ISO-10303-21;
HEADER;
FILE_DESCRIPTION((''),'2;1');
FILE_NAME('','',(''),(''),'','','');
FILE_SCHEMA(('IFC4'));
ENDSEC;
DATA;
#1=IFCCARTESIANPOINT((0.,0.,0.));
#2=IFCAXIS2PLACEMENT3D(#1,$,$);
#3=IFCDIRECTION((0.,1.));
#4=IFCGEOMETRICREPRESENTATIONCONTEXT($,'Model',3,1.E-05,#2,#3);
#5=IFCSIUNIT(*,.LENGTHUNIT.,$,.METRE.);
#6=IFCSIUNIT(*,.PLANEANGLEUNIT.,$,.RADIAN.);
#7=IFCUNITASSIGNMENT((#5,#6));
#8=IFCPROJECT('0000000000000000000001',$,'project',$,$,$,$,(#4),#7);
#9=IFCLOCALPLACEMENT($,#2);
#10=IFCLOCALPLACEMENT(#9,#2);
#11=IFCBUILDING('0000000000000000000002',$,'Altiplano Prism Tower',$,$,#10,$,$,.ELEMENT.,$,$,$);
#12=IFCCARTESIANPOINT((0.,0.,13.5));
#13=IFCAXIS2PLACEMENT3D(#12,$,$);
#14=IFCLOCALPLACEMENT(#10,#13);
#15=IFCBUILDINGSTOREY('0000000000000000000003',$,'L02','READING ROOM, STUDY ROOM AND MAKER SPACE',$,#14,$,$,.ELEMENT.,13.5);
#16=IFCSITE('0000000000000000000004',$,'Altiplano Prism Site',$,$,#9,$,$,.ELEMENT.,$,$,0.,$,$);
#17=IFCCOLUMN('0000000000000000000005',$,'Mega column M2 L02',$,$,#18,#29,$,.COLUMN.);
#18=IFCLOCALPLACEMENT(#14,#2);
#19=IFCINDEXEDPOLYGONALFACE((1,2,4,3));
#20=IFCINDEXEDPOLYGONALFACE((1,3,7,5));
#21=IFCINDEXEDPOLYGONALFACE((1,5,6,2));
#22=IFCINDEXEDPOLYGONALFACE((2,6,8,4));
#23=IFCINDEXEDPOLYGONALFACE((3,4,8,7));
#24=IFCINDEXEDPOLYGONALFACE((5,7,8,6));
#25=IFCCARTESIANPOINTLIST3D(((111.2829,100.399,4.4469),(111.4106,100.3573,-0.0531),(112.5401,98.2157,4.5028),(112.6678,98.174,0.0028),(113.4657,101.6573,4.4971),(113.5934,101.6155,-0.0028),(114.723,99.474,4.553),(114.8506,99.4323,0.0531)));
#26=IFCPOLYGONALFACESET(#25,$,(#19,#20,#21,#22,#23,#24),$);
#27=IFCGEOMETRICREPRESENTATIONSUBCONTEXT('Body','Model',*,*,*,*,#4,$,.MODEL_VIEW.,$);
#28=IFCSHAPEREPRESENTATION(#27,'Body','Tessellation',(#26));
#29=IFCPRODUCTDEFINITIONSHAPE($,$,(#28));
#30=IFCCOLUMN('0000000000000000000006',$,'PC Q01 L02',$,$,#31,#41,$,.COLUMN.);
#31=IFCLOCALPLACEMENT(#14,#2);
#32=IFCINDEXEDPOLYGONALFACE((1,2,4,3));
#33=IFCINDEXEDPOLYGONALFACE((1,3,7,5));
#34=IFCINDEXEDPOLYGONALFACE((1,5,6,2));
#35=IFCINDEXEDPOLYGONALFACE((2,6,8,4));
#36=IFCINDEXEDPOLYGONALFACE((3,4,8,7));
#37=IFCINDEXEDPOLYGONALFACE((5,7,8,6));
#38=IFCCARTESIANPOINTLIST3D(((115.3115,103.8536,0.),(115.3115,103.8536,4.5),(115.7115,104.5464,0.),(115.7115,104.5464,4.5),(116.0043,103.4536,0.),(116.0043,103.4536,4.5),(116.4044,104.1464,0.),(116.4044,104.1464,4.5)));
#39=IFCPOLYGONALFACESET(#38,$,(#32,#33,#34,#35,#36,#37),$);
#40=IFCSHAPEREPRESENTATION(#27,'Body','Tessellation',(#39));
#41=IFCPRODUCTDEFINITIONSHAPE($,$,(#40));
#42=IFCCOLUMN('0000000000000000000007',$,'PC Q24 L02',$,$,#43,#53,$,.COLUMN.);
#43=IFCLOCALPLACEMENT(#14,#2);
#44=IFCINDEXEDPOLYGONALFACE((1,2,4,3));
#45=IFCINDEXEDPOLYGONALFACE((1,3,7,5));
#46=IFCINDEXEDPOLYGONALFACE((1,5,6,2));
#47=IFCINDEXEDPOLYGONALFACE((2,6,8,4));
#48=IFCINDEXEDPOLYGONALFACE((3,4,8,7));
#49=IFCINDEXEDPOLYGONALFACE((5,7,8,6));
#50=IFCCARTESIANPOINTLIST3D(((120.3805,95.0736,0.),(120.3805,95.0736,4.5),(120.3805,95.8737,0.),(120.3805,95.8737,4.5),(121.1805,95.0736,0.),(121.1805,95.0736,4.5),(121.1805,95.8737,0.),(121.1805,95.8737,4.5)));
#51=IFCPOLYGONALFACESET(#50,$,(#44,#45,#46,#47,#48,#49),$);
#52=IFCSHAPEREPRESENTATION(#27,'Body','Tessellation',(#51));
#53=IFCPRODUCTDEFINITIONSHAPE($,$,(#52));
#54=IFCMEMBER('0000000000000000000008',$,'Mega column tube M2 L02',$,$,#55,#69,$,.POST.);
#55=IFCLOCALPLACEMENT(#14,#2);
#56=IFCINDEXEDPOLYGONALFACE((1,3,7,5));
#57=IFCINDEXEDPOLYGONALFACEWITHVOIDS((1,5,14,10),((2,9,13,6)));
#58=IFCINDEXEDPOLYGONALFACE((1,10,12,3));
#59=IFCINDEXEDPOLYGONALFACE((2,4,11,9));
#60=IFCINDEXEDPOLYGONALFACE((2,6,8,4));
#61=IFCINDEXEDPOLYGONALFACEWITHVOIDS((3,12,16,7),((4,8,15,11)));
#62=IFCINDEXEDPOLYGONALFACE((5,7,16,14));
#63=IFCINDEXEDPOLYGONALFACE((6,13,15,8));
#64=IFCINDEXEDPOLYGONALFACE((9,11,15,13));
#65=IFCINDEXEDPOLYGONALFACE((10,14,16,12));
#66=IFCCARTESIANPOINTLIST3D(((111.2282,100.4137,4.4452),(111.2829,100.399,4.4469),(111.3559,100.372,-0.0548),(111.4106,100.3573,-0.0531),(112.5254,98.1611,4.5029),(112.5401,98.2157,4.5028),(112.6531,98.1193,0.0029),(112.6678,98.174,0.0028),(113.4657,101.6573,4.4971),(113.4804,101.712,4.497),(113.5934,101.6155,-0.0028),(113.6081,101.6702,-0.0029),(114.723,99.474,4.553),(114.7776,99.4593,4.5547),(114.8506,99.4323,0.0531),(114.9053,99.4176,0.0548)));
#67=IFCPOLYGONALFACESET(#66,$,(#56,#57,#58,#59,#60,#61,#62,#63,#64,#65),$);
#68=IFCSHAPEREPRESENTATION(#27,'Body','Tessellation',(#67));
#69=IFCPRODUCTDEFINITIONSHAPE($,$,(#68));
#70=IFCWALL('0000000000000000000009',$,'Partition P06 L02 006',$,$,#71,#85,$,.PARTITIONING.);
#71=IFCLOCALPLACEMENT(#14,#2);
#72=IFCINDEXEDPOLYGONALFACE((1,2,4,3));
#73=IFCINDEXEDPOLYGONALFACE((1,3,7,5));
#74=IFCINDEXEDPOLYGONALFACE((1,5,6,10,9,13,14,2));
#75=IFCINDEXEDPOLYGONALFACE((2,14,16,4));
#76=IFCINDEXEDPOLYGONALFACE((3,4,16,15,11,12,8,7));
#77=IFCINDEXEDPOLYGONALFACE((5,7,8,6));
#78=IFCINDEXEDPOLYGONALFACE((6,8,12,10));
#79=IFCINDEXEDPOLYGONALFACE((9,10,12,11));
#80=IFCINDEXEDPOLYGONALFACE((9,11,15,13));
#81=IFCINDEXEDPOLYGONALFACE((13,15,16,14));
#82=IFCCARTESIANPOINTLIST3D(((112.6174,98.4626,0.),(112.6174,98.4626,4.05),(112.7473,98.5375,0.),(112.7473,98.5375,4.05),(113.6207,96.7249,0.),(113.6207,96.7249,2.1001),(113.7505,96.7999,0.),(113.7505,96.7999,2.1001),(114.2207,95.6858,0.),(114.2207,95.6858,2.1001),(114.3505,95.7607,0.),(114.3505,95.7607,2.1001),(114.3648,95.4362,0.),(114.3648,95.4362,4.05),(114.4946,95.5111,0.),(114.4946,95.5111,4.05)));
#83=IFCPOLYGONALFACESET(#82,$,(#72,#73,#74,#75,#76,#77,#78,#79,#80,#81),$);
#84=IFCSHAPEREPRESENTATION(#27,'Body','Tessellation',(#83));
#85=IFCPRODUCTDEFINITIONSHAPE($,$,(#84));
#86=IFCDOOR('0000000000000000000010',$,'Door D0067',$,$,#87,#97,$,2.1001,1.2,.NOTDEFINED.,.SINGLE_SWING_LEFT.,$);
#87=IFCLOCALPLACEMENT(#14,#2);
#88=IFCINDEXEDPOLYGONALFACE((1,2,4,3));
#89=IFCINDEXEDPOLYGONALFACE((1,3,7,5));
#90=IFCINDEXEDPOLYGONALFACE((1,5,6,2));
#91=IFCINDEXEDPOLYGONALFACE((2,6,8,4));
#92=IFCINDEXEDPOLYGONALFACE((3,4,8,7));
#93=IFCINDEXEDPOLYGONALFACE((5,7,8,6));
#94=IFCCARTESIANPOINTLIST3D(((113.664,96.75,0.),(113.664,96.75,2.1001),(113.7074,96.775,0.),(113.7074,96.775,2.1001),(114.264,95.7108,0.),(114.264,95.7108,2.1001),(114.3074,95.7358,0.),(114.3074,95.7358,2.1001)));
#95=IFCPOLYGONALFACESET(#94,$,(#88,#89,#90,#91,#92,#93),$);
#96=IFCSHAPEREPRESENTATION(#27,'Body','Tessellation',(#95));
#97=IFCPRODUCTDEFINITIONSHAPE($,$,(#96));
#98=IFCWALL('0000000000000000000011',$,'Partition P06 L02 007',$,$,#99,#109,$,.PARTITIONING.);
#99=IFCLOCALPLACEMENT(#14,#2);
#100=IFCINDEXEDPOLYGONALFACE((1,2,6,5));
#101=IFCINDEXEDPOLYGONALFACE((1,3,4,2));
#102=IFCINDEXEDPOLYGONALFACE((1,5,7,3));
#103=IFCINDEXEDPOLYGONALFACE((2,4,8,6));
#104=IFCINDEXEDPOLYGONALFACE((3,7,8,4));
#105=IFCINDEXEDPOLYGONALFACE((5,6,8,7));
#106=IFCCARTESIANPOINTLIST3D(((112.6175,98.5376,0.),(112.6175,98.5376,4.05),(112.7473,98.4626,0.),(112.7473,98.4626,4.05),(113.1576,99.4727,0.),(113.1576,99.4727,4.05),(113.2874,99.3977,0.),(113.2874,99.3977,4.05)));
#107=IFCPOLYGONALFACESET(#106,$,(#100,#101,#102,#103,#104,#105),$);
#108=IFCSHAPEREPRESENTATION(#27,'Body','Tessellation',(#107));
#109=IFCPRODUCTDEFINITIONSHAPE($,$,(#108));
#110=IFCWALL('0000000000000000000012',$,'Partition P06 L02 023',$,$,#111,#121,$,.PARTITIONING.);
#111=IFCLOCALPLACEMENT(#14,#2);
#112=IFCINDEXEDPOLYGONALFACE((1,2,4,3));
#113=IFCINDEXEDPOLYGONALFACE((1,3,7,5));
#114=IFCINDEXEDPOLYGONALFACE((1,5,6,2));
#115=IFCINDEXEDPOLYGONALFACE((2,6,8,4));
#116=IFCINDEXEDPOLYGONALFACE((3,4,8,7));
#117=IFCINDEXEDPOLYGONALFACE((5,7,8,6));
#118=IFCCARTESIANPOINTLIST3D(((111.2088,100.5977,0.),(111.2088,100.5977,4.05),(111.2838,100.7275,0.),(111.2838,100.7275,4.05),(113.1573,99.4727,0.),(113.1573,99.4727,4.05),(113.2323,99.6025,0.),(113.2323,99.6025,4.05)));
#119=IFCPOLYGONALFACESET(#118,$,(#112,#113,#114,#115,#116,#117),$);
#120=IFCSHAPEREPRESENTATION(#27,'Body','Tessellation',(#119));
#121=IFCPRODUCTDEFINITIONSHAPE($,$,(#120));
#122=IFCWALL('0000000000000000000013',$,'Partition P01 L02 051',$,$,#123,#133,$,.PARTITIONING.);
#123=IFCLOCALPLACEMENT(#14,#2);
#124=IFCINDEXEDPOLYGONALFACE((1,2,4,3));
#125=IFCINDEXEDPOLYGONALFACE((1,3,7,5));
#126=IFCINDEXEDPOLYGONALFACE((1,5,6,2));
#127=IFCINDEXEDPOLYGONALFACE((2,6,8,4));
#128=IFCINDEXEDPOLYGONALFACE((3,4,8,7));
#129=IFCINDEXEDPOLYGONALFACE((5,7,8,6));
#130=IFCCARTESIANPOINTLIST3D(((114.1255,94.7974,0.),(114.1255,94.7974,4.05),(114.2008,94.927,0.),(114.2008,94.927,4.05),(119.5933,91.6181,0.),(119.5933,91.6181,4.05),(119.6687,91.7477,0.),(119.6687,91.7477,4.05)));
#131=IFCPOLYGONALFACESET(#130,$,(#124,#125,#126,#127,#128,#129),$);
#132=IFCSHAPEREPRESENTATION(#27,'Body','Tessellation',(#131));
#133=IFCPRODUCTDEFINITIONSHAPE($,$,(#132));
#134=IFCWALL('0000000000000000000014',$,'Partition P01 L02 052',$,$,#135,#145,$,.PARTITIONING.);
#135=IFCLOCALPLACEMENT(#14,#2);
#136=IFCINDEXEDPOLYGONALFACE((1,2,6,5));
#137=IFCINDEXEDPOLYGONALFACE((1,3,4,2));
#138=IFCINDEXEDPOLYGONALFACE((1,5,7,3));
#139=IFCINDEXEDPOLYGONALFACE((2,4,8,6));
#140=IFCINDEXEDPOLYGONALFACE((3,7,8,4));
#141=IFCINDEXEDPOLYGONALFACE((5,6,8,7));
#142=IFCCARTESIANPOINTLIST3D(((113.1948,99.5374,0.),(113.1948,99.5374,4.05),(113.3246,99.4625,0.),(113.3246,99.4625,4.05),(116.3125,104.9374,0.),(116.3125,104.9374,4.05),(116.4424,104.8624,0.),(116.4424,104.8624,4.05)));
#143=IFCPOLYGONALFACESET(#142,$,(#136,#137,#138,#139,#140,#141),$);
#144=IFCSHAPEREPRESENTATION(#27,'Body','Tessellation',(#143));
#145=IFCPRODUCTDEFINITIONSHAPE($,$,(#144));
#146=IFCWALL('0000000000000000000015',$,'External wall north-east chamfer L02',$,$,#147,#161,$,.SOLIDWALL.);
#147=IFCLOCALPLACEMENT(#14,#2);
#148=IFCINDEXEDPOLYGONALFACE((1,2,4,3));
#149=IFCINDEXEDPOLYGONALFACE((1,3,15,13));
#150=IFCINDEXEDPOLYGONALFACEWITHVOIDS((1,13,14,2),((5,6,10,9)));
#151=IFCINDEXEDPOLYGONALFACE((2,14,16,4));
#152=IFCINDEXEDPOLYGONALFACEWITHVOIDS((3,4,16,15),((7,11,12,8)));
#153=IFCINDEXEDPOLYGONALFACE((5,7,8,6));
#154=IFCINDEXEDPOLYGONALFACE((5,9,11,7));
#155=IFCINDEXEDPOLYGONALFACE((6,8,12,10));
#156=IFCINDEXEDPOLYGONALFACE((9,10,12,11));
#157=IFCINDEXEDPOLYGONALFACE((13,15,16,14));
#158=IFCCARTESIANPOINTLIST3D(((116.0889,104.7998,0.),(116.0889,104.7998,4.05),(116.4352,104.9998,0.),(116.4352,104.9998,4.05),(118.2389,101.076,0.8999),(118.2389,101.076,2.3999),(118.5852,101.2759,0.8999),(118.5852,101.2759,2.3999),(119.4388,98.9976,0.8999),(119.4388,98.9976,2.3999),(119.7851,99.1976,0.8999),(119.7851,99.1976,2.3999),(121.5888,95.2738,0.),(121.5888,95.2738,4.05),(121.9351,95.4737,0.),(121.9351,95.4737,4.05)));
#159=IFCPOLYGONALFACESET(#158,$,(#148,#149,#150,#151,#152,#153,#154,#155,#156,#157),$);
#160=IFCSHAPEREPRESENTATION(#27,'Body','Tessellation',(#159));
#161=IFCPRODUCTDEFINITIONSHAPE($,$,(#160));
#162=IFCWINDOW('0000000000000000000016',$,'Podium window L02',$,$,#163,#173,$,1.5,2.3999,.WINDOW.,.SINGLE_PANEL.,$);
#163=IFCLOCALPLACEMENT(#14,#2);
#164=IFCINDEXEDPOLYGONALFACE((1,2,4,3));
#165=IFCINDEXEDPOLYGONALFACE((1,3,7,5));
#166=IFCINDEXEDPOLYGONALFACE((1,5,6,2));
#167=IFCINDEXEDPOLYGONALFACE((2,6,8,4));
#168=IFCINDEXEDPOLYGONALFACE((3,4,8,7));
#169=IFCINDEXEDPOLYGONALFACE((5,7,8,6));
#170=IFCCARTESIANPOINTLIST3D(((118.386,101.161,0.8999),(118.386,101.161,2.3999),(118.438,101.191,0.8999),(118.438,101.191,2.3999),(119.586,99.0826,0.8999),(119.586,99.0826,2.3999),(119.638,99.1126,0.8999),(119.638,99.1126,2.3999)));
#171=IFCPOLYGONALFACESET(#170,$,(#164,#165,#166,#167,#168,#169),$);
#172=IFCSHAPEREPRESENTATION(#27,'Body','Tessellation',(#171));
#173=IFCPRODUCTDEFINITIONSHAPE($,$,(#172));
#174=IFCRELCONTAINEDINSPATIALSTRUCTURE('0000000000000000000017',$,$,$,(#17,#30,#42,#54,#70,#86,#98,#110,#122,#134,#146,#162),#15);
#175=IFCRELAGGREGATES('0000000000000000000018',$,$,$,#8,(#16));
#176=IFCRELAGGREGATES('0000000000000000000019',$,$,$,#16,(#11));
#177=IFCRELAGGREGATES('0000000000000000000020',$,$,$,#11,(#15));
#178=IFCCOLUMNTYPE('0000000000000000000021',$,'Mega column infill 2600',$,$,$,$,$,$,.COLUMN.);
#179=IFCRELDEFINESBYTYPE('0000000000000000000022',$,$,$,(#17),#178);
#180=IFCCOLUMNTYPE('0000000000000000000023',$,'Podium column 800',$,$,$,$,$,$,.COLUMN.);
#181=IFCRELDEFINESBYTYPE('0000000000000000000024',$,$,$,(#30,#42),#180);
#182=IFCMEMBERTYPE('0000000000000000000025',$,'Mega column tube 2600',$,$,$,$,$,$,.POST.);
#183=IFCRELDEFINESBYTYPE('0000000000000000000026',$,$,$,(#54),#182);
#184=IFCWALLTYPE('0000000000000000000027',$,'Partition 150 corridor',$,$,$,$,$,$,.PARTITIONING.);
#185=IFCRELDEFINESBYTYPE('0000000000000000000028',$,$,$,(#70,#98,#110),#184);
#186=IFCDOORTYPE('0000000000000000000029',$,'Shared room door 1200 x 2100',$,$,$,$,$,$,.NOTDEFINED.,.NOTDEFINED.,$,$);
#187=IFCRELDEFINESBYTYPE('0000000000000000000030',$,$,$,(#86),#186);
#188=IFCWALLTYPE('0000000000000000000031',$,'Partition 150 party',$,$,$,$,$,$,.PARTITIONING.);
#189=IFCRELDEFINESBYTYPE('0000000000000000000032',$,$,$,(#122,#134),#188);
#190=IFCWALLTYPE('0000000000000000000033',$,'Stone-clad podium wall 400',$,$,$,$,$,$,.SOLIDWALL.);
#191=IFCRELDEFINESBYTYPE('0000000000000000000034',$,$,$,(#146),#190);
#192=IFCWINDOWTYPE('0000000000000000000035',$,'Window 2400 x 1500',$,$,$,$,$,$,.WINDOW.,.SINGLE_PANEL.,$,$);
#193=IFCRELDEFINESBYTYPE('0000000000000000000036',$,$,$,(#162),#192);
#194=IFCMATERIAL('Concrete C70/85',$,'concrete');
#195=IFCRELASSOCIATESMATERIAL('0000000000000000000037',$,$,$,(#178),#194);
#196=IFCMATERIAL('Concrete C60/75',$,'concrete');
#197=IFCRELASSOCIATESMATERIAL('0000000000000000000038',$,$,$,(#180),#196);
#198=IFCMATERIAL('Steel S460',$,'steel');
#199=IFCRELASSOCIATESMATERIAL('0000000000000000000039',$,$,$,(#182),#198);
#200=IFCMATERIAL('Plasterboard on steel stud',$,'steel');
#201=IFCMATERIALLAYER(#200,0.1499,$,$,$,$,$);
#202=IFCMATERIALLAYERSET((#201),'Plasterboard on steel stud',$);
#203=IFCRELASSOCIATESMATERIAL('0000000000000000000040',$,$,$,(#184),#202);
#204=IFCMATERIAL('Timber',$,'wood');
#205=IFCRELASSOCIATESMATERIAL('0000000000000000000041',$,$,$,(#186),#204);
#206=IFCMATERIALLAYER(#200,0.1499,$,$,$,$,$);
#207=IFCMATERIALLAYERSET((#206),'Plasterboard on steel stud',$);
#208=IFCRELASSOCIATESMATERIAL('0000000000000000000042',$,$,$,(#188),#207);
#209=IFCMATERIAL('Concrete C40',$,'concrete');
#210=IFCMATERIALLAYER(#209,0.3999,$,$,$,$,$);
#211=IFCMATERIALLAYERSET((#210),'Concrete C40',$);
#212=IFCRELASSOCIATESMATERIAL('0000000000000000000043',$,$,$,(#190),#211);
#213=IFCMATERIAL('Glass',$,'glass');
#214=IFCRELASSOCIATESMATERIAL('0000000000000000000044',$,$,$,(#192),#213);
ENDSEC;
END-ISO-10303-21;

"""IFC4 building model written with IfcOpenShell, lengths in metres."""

from ifc_helpers import new_model, si_unit, direction, frame, frame_2d, origin, origin_2d, place, context, subcontext, project, spatial, rectangle, hollow_rectangle, extrude, material, layer, layer_set, material_profile, profile_set, type_object, element, fill, save


model = new_model("IFC4")

# Units and contexts
model_context = context("Model", 3, precision=1e-05, world=origin(), true_north=direction((0.0, 1.0)))
body_context = subcontext(model_context, "Body", "Model", "MODEL_VIEW")
ifc_project = project(units=[si_unit("LENGTHUNIT", "METRE"), si_unit("PLANEANGLEUNIT", "RADIAN")], contexts=[model_context])

# Site, building, storey
site_placement = place(None, origin())
site = spatial("IfcSite", under=ifc_project, at=site_placement, Name="Altiplano Prism Site", CompositionType="ELEMENT", RefElevation=0.0)
building_placement = place(site_placement, origin())
building = spatial("IfcBuilding", under=site, at=building_placement, Name="Altiplano Prism Tower", CompositionType="ELEMENT")
storey_placement = place(building_placement, frame((0.0, 0.0, 13.5)))
storey = spatial("IfcBuildingStorey", under=building, at=storey_placement, Name="L02", Description="READING ROOM, STUDY ROOM AND MAKER SPACE", CompositionType="ELEMENT", Elevation=13.5)

# Columns
ifc_material_1 = material(Name="Concrete C70/85", Category="concrete")
ifc_material_profile_1 = material_profile(ifc_material_1, rectangle(XDim=2.52, YDim=2.52, at=origin_2d()), Name="Mega column infill 2600")
ifc_profile_set_1 = profile_set([ifc_material_profile_1], Name="Concrete C70/85")
column_type_1 = type_object("IfcColumnType", Name="Mega column infill 2600", PredefinedType="COLUMN", material=ifc_profile_set_1)
column_placement = place(storey_placement, frame((113.1306, 99.8948, 0.0), z_axis=(-0.028362, 0.009273, 0.999555), x_axis=(0.498901, -0.866375, 0.022194)))
element("IfcColumn", 1, at=column_placement, inside=storey, type_object=column_type_1, Name="Mega column M2 L02", PredefinedType="COLUMN", context=body_context, shape_type="SweptSolid", body=[
    extrude(rectangle(XDim=2.52, YDim=2.52, at=origin_2d()), origin(), (0.0, 0.0, 1.0), 4.502),
])
ifc_material_2 = material(Name="Concrete C60/75", Category="concrete")
ifc_material_profile_2 = material_profile(ifc_material_2, rectangle(XDim=0.8, YDim=0.8, at=origin_2d()), Name="Podium column 800")
ifc_profile_set_2 = profile_set([ifc_material_profile_2], Name="Concrete C60/75")
column_type_2 = type_object("IfcColumnType", Name="Podium column 800", PredefinedType="COLUMN", material=ifc_profile_set_2)
for number, where, z_axis, x_axis, name in (
    (2, (115.8579, 104.0, 0.0), (0.0, 0.0, 1.0), (0.5, 0.866025, 0.0), "PC Q01 L02"),
    (3, (120.7805, 95.4736, 0.0), (0.0, 0.0, 1.0), (0.0, 1.0, 0.0), "PC Q24 L02"),
):
    element("IfcColumn", number, at=place(storey_placement, frame(where, z_axis=z_axis, x_axis=x_axis)), inside=storey, type_object=column_type_2, Name=name, PredefinedType="COLUMN", context=body_context, shape_type="SweptSolid", body=[
        extrude(rectangle(XDim=0.8, YDim=0.8, at=origin_2d()), origin(), (0.0, 0.0, 1.0), 4.5),
    ])

# Member
ifc_material_3 = material(Name="Steel S460", Category="steel")
ifc_material_profile_3 = material_profile(ifc_material_3, hollow_rectangle(XDim=2.6001, YDim=2.6001, WallThickness=0.04, at=origin_2d()), Name="Mega column tube 2600")
ifc_profile_set_3 = profile_set([ifc_material_profile_3], Name="Steel S460")
member_type = type_object("IfcMemberType", Name="Mega column tube 2600", PredefinedType="POST", material=ifc_profile_set_3)
member_placement = place(storey_placement, frame((113.1306, 99.8948, 0.0), z_axis=(-0.028362, 0.009273, 0.999555), x_axis=(0.498901, -0.866375, 0.022194)))
element("IfcMember", 4, at=member_placement, inside=storey, type_object=member_type, Name="Mega column tube M2 L02", PredefinedType="POST", context=body_context, shape_type="SweptSolid", body=[
    extrude(hollow_rectangle(XDim=2.6001, YDim=2.6001, WallThickness=0.04, at=origin_2d()), origin(), (0.0, 0.0, 1.0), 4.502),
])

# Wall, opening, door
ifc_material_4 = material(Name="Plasterboard on steel stud", Category="steel")
ifc_layer_1 = layer(ifc_material_4, 0.1499)
ifc_layer_set_1 = layer_set([ifc_layer_1], Name="Plasterboard on steel stud")
wall_type_1 = type_object("IfcWallType", Name="Partition 150 corridor", PredefinedType="PARTITIONING", material=ifc_layer_set_1)
wall_1_placement = place(storey_placement, frame((114.4297, 95.4736, 0.0), z_axis=(0.0, 0.0, 1.0), x_axis=(-0.500009, 0.86602, 0.0)))
wall_1 = element("IfcWall", 5, at=wall_1_placement, inside=storey, type_object=wall_type_1, Name="Partition P06 L02 006", PredefinedType="PARTITIONING", context=body_context, shape_type="SweptSolid", body=[
    extrude(rectangle(XDim=3.4946, YDim=0.1499, at=frame_2d((1.7473, 0.0))), origin(), (0.0, 0.0, 1.0), 4.05),
])
opening_1_placement = place(wall_1_placement, frame((0.2881, 0.0, 0.0)))
opening_1 = element("IfcOpeningElement", 6, at=opening_1_placement, cuts=wall_1, PredefinedType="OPENING", context=body_context, shape_type="SweptSolid", body=[
    extrude(rectangle(XDim=1.2, YDim=2.1001, at=frame_2d((0.6001, 1.05))), frame((0.0, 0.0854, 0.0), z_axis=(0.0, -1.0, 0.0), x_axis=(1.0, 0.0, 0.0)), (0.0, 0.0, 1.0), 0.1709),
])
ifc_material_5 = material(Name="Timber", Category="wood")
door_type = type_object("IfcDoorType", Name="Shared room door 1200 x 2100", OperationType="NOTDEFINED", PredefinedType="NOTDEFINED", material=ifc_material_5)
door_placement = place(opening_1_placement, origin())
door = element("IfcDoor", 7, at=door_placement, inside=storey, type_object=door_type, Name="Door D0067", OperationType="SINGLE_SWING_LEFT", OverallHeight=2.1001, OverallWidth=1.2, PredefinedType="NOTDEFINED", context=body_context, shape_type="SweptSolid", body=[
    extrude(rectangle(XDim=1.2, YDim=2.1001, at=frame_2d((0.6001, 1.05))), frame((0.0, 0.0249, 0.0), z_axis=(0.0, -1.0, 0.0), x_axis=(1.0, 0.0, 0.0)), (0.0, 0.0, 1.0), 0.05),
])
fill(opening_1, door)

# Walls
wall_2_placement = place(storey_placement, frame((112.6824, 98.5, 0.0), z_axis=(0.0, 0.0, 1.0), x_axis=(0.500127, 0.865952, 0.0)))
element("IfcWall", 8, at=wall_2_placement, inside=storey, type_object=wall_type_1, Name="Partition P06 L02 007", PredefinedType="PARTITIONING", context=body_context, shape_type="SweptSolid", body=[
    extrude(rectangle(XDim=1.0798, YDim=0.1499, at=frame_2d((0.54, 0.0))), origin(), (0.0, 0.0, 1.0), 4.05),
])
wall_3_placement = place(storey_placement, frame((113.1948, 99.5376, 0.0), z_axis=(0.0, 0.0, 1.0), x_axis=(-0.866018, 0.500014, 0.0)))
element("IfcWall", 9, at=wall_3_placement, inside=storey, type_object=wall_type_1, Name="Partition P06 L02 023", PredefinedType="PARTITIONING", context=body_context, shape_type="SweptSolid", body=[
    extrude(rectangle(XDim=2.25, YDim=0.1499, at=frame_2d((1.125, 0.0))), origin(), (0.0, 0.0, 1.0), 4.05),
])
ifc_layer_2 = layer(ifc_material_4, 0.1499)
ifc_layer_set_2 = layer_set([ifc_layer_2], Name="Plasterboard on steel stud")
wall_type_2 = type_object("IfcWallType", Name="Partition 150 party", PredefinedType="PARTITIONING", material=ifc_layer_set_2)
wall_4_placement = place(storey_placement, frame((119.6311, 91.6829, 0.0), z_axis=(0.0, 0.0, 1.0), x_axis=(-0.864489, 0.502651, 0.0)))
element("IfcWall", 10, at=wall_4_placement, inside=storey, type_object=wall_type_2, Name="Partition P01 L02 051", PredefinedType="PARTITIONING", context=body_context, shape_type="SweptSolid", body=[
    extrude(rectangle(XDim=6.325, YDim=0.1499, at=frame_2d((3.1626, 0.0))), origin(), (0.0, 0.0, 1.0), 4.05),
])
wall_5_placement = place(storey_placement, frame((116.3774, 104.8999, 0.0), z_axis=(0.0, 0.0, 1.0), x_axis=(-0.500005, -0.866023, 0.0)))
element("IfcWall", 11, at=wall_5_placement, inside=storey, type_object=wall_type_2, Name="Partition P01 L02 052", PredefinedType="PARTITIONING", context=body_context, shape_type="SweptSolid", body=[
    extrude(rectangle(XDim=6.2354, YDim=0.1499, at=frame_2d((3.1177, 0.0))), origin(), (0.0, 0.0, 1.0), 4.05),
])

# Shared definitions
ifc_material_6 = material(Name="Concrete C40", Category="concrete")
ifc_layer_3 = layer(ifc_material_6, 0.3999)
ifc_layer_set_3 = layer_set([ifc_layer_3], Name="Concrete C40")
wall_type_3 = type_object("IfcWallType", Name="Stone-clad podium wall 400", PredefinedType="SOLIDWALL", material=ifc_layer_set_3)
ifc_material_7 = material(Name="Glass", Category="glass")
window_type = type_object("IfcWindowType", Name="Window 2400 x 1500", PartitioningType="SINGLE_PANEL", PredefinedType="WINDOW", material=ifc_material_7)

# Wall, opening, window
wall_6_placement = place(storey_placement, frame((116.262, 104.8999, 0.0), z_axis=(0.0, 0.0, 1.0), x_axis=(0.500006, -0.866022, 0.0)))
wall_6 = element("IfcWall", 12, at=wall_6_placement, inside=storey, type_object=wall_type_3, Name="External wall north-east chamfer L02", PredefinedType="SOLIDWALL", context=body_context, shape_type="SweptSolid", body=[
    extrude(rectangle(XDim=10.9998, YDim=0.3999, at=frame_2d((5.5, 0.0))), origin(), (0.0, 0.0, 1.0), 4.05),
])
opening_2_placement = place(wall_6_placement, frame((4.3, 0.0, 0.8999)))
opening_2 = element("IfcOpeningElement", 13, at=opening_2_placement, cuts=wall_6, PredefinedType="OPENING", context=body_context, shape_type="SweptSolid", body=[
    extrude(rectangle(XDim=2.3999, YDim=1.5, at=frame_2d((1.2, 0.75))), frame((0.0, 0.2104, 0.0), z_axis=(0.0, -1.0, 0.0), x_axis=(1.0, 0.0, 0.0)), (0.0, 0.0, 1.0), 0.4209),
])
window_1_placement = place(opening_2_placement, origin())
window_1 = element("IfcWindow", 14, at=window_1_placement, inside=storey, type_object=window_type, Name="Podium window L02", OverallHeight=1.5, OverallWidth=2.3999, PartitioningType="SINGLE_PANEL", PredefinedType="WINDOW", context=body_context, shape_type="SweptSolid", body=[
    extrude(rectangle(XDim=2.3999, YDim=1.5, at=frame_2d((1.2, 0.75))), frame((0.0, 0.03, 0.0), z_axis=(0.0, -1.0, 0.0), x_axis=(1.0, 0.0, 0.0)), (0.0, 0.0, 1.0), 0.0601),
])
fill(opening_2, window_1)

save(model, "model.ifc")
